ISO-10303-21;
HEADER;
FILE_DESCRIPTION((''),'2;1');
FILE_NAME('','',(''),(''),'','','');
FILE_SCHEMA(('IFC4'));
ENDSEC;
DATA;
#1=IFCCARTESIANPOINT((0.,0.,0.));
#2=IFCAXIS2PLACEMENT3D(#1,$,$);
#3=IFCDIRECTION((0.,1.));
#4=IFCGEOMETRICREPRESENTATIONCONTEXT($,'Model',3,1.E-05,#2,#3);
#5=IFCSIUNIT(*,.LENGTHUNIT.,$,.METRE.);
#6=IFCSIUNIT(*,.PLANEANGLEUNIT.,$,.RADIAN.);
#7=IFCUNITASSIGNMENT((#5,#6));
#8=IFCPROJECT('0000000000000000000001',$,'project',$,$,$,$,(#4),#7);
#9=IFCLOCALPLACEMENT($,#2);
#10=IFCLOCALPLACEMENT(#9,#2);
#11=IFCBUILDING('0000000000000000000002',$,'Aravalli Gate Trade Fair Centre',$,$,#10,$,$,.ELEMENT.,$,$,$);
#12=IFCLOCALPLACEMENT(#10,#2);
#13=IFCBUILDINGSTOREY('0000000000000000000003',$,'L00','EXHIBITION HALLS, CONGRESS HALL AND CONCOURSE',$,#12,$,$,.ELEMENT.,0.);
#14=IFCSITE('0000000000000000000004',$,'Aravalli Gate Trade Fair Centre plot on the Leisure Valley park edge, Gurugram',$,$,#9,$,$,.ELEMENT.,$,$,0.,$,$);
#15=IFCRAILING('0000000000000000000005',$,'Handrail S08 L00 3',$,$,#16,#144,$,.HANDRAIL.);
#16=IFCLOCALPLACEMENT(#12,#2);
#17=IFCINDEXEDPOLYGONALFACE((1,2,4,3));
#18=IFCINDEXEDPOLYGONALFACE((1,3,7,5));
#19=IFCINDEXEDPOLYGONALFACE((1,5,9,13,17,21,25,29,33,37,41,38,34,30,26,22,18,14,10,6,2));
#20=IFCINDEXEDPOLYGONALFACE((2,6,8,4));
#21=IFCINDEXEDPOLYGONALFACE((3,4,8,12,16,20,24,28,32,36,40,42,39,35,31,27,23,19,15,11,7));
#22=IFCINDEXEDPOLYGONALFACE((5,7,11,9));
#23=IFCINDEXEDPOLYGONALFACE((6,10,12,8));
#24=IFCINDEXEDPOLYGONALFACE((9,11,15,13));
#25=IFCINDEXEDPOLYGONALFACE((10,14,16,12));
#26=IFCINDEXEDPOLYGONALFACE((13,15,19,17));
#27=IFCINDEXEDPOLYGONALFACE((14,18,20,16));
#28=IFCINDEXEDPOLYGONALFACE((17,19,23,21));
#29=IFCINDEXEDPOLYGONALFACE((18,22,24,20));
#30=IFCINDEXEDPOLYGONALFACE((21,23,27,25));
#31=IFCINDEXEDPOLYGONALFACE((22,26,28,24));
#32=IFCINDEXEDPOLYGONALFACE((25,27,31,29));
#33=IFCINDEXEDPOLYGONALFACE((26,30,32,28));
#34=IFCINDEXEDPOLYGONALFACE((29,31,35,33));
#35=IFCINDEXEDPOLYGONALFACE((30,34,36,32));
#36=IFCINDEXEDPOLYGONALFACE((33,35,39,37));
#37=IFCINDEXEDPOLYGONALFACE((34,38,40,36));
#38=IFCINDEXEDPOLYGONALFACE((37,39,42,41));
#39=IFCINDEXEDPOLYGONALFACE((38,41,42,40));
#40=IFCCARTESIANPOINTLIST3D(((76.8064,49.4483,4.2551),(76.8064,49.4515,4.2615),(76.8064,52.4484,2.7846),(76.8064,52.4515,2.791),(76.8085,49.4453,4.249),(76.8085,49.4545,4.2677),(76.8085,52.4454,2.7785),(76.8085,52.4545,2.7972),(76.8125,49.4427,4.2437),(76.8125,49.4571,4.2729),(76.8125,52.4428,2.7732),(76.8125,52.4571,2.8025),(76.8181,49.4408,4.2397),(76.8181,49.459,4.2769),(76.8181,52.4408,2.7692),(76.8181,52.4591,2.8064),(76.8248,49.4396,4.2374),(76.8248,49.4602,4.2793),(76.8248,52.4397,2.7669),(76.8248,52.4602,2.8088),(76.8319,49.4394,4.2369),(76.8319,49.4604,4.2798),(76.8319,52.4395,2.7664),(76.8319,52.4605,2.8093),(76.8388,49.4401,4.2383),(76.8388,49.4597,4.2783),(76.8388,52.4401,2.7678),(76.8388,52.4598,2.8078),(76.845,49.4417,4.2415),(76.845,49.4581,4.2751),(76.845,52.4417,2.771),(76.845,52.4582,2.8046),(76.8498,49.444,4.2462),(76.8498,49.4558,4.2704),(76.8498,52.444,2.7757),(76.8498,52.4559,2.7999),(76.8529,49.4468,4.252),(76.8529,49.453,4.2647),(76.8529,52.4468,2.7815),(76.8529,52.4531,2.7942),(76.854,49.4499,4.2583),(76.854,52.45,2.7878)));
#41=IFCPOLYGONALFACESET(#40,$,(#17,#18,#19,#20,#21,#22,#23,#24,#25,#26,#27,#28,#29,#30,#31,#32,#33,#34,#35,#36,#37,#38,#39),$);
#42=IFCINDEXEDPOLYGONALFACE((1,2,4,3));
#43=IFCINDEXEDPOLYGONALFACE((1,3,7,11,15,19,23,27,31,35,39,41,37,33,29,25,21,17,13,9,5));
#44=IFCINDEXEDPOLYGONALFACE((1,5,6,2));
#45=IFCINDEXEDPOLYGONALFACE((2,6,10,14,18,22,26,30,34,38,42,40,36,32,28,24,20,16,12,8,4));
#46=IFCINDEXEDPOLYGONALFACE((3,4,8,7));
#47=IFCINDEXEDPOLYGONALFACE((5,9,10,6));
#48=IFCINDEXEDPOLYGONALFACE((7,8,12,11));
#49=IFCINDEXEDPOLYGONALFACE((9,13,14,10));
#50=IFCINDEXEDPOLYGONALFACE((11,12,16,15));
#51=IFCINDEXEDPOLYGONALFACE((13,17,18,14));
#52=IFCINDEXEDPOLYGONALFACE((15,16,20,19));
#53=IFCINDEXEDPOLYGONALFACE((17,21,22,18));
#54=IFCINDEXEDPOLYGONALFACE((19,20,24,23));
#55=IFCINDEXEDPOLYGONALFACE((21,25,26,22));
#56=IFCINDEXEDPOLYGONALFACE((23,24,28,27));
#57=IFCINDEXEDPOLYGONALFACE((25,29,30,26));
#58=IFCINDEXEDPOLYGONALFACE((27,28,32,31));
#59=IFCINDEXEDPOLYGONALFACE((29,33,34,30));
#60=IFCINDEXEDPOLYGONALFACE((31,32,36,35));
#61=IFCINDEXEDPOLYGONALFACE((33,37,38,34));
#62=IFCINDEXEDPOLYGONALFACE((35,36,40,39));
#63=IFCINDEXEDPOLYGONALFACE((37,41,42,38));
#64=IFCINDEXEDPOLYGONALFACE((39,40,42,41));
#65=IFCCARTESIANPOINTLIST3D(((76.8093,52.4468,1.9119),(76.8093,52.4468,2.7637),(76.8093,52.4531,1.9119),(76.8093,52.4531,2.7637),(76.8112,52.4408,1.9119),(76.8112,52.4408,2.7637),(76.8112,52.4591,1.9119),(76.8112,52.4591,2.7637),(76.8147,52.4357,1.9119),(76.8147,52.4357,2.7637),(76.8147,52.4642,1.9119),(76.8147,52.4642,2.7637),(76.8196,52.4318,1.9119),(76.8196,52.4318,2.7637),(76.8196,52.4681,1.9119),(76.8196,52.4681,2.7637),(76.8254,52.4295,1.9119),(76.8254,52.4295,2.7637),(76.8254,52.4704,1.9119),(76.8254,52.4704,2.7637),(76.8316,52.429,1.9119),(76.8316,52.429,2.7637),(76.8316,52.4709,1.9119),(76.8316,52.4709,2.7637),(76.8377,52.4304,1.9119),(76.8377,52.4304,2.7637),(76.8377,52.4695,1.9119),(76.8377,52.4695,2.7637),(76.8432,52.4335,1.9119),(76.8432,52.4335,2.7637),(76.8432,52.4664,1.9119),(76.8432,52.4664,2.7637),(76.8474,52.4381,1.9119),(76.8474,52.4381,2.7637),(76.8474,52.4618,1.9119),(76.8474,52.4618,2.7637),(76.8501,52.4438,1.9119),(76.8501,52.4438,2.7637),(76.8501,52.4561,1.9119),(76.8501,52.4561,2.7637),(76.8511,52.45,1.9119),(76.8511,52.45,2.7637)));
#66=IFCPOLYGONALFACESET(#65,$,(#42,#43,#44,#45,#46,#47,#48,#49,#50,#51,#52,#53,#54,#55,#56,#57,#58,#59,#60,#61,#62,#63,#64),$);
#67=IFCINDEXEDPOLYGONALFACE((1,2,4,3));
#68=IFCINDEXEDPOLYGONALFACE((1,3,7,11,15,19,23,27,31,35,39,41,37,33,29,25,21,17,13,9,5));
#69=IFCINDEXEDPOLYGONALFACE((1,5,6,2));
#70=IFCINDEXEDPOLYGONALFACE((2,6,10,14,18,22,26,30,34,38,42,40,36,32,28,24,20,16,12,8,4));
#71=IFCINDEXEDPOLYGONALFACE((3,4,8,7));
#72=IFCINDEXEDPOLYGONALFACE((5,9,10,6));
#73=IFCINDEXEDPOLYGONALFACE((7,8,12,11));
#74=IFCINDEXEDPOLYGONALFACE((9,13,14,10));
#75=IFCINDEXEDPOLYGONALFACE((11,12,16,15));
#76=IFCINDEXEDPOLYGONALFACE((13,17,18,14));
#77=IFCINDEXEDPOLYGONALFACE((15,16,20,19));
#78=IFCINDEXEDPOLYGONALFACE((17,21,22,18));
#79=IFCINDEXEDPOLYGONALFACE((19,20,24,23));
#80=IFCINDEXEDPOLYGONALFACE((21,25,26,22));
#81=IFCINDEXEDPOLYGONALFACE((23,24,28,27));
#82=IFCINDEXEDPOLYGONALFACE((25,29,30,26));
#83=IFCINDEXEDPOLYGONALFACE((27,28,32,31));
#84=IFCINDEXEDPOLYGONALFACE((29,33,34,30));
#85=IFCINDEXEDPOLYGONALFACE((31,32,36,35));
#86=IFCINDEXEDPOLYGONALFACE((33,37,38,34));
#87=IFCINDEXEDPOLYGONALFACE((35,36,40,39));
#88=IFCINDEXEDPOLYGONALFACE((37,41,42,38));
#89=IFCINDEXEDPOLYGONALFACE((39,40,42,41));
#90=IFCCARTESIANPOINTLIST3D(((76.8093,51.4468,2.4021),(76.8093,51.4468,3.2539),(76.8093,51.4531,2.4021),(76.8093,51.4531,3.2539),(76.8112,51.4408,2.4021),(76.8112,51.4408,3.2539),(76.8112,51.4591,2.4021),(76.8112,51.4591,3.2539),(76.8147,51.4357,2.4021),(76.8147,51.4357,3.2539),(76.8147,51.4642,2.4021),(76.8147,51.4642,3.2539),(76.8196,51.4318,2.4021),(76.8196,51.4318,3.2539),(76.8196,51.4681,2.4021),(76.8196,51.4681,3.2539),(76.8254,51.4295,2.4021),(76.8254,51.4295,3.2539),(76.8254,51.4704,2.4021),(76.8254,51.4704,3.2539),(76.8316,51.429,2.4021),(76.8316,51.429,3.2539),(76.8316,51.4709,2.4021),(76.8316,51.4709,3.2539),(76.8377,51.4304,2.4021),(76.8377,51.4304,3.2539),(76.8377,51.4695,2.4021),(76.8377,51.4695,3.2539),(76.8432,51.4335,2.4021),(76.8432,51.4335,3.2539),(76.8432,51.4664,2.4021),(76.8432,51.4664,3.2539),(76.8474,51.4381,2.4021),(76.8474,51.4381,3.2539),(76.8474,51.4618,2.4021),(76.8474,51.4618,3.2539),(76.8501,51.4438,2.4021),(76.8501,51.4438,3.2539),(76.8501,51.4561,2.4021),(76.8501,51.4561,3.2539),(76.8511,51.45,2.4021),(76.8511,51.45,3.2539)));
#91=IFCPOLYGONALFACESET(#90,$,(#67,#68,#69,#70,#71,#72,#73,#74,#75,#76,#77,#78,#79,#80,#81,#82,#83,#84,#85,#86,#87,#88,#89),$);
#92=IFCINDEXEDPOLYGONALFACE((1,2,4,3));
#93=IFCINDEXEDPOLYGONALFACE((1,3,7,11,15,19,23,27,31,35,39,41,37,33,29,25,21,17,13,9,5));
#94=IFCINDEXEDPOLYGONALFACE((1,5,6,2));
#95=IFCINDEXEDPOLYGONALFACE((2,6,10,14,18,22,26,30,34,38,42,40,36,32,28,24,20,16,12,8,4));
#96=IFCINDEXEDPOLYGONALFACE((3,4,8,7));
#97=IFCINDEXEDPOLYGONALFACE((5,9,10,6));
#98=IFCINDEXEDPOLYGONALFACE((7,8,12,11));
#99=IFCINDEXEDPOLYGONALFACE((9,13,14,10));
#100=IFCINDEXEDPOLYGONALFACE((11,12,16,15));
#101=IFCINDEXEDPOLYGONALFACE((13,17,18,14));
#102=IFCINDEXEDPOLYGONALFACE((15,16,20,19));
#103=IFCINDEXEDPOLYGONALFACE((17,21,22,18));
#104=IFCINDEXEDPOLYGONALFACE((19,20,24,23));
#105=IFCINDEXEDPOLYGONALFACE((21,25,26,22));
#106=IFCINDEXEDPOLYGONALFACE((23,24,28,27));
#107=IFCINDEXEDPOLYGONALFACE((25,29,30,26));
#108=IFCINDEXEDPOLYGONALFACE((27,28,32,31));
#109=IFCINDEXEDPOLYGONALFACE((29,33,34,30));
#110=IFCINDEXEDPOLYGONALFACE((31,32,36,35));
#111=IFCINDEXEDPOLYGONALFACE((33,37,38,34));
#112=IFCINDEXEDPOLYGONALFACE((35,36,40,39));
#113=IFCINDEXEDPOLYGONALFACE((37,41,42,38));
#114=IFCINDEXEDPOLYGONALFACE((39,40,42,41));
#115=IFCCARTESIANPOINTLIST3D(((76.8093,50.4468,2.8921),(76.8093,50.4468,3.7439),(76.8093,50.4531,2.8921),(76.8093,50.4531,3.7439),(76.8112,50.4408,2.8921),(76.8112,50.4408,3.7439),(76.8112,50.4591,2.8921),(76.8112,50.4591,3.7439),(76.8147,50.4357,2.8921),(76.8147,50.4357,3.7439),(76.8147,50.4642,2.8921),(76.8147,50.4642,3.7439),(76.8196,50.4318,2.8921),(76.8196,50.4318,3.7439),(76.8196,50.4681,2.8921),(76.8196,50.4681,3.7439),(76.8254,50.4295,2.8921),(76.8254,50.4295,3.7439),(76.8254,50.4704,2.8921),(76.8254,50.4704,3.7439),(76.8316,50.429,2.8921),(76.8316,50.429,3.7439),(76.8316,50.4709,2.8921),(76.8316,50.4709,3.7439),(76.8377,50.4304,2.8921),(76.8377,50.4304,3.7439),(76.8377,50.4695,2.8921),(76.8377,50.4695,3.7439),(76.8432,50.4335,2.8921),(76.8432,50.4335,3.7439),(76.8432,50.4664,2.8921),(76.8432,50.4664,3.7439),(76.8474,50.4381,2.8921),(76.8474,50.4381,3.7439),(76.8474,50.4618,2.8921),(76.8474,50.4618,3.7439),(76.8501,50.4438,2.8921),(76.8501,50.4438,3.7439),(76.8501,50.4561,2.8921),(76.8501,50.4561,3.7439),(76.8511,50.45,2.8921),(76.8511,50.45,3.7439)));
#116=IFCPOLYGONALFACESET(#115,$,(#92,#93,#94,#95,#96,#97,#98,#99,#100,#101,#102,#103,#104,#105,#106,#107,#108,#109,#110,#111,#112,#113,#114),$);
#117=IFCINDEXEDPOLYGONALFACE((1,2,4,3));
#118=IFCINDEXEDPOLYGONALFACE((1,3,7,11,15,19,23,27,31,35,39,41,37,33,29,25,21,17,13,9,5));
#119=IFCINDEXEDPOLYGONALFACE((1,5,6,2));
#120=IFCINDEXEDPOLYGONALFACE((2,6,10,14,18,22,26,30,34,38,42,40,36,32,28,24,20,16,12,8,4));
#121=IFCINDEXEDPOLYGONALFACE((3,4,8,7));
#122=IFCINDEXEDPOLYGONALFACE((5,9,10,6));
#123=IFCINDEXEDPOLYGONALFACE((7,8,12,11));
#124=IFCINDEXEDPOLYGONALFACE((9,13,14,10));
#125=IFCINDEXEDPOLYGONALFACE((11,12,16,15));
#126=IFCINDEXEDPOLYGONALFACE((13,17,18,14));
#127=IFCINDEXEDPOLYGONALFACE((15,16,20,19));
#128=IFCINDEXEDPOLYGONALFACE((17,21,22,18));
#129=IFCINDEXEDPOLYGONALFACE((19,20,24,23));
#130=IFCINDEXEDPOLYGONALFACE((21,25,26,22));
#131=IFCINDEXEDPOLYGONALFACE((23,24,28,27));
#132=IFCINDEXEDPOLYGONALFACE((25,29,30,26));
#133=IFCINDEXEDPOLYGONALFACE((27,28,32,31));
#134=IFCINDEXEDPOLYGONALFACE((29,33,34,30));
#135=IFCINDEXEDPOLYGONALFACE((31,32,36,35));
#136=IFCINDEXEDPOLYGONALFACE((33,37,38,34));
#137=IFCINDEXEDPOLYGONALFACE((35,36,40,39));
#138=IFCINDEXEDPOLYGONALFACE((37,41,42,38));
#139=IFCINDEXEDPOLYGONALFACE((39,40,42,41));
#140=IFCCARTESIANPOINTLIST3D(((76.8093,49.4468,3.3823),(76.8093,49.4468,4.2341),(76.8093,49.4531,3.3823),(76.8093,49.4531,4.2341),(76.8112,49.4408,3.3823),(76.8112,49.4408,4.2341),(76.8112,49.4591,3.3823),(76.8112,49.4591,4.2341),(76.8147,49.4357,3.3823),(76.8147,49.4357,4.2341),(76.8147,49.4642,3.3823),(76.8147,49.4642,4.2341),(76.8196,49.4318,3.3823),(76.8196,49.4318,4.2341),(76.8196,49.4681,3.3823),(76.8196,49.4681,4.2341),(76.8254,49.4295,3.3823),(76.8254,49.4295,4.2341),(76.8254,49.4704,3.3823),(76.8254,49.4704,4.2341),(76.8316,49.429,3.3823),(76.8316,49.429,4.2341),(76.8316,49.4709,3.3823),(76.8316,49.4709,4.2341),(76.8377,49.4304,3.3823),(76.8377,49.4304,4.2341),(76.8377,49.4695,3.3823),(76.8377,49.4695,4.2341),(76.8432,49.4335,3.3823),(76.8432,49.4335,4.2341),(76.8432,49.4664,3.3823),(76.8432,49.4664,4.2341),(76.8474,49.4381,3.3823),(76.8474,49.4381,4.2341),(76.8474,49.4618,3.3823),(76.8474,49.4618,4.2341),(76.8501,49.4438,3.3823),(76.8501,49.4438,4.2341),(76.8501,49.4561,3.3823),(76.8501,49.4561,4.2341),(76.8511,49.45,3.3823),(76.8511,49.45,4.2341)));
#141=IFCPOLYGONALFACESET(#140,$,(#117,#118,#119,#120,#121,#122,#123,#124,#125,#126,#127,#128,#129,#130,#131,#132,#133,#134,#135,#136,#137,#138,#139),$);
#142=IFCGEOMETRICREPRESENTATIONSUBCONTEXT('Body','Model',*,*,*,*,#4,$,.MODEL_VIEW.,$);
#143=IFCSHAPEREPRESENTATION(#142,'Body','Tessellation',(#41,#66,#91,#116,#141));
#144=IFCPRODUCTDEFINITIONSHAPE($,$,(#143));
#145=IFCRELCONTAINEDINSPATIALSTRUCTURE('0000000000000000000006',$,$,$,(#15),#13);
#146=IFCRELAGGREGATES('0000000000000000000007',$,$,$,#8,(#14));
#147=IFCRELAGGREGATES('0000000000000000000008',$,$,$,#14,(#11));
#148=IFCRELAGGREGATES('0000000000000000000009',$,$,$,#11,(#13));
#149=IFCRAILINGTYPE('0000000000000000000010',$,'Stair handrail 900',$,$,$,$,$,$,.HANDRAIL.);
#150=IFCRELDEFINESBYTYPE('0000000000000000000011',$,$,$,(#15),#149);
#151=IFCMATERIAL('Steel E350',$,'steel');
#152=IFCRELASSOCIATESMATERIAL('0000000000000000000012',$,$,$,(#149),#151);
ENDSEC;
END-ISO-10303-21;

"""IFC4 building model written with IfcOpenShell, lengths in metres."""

from ifc_helpers import new_model, si_unit, direction, frame, origin, origin_2d, place, context, subcontext, project, spatial, circle, extrude, material, type_object, element, save


model = new_model("IFC4")

# Units and contexts
model_context = context("Model", 3, precision=1e-05, world=origin(), true_north=direction((0.0, 1.0)))
body_context = subcontext(model_context, "Body", "Model", "MODEL_VIEW")
ifc_project = project(units=[si_unit("LENGTHUNIT", "METRE"), si_unit("PLANEANGLEUNIT", "RADIAN")], contexts=[model_context])

# Site, building, storey
site_placement = place(None, origin())
site = spatial("IfcSite", under=ifc_project, at=site_placement, Name="Aravalli Gate Trade Fair Centre plot on the Leisure Valley park edge, Gurugram", CompositionType="ELEMENT", RefElevation=0.0)
building_placement = place(site_placement, origin())
building = spatial("IfcBuilding", under=site, at=building_placement, Name="Aravalli Gate Trade Fair Centre", CompositionType="ELEMENT")
storey_placement = place(building_placement, origin())
storey = spatial("IfcBuildingStorey", under=building, at=storey_placement, Name="L00", Description="EXHIBITION HALLS, CONGRESS HALL AND CONCOURSE", CompositionType="ELEMENT", Elevation=0.0)

# Railing
ifc_material_1 = material(Name="Steel E350", Category="steel")
railing_type = type_object("IfcRailingType", Name="Stair handrail 900", PredefinedType="HANDRAIL", material=ifc_material_1)
for number, where, name in (
    (1, (76.8301, 52.45, 1.9119), "Handrail S08 L00 3"),
):
    element("IfcRailing", number, at=place(storey_placement, frame(where)), inside=storey, type_object=railing_type, Name=name, PredefinedType="HANDRAIL", context=body_context, shape_type="SweptSolid", body=[
        extrude(circle(Radius=0.0239, at=origin_2d()), frame((0.0, 0.0, 0.876), z_axis=(0.0, -0.897936, 0.440126), x_axis=(1.0, 0.0, 0.0)), (0.0, 0.0, 1.0), 3.3411),
        extrude(circle(Radius=0.021, at=origin_2d()), origin(), (0.0, 0.0, 1.0), 0.8518),
        extrude(circle(Radius=0.021, at=origin_2d()), frame((0.0, -1.0, 0.4902)), (0.0, 0.0, 1.0), 0.8518),
        extrude(circle(Radius=0.021, at=origin_2d()), frame((0.0, -2.0, 0.9802)), (0.0, 0.0, 1.0), 0.8518),
        extrude(circle(Radius=0.021, at=origin_2d()), frame((0.0, -3.0, 1.4705)), (0.0, 0.0, 1.0), 0.8518),
    ])

save(model, "model.ifc")
